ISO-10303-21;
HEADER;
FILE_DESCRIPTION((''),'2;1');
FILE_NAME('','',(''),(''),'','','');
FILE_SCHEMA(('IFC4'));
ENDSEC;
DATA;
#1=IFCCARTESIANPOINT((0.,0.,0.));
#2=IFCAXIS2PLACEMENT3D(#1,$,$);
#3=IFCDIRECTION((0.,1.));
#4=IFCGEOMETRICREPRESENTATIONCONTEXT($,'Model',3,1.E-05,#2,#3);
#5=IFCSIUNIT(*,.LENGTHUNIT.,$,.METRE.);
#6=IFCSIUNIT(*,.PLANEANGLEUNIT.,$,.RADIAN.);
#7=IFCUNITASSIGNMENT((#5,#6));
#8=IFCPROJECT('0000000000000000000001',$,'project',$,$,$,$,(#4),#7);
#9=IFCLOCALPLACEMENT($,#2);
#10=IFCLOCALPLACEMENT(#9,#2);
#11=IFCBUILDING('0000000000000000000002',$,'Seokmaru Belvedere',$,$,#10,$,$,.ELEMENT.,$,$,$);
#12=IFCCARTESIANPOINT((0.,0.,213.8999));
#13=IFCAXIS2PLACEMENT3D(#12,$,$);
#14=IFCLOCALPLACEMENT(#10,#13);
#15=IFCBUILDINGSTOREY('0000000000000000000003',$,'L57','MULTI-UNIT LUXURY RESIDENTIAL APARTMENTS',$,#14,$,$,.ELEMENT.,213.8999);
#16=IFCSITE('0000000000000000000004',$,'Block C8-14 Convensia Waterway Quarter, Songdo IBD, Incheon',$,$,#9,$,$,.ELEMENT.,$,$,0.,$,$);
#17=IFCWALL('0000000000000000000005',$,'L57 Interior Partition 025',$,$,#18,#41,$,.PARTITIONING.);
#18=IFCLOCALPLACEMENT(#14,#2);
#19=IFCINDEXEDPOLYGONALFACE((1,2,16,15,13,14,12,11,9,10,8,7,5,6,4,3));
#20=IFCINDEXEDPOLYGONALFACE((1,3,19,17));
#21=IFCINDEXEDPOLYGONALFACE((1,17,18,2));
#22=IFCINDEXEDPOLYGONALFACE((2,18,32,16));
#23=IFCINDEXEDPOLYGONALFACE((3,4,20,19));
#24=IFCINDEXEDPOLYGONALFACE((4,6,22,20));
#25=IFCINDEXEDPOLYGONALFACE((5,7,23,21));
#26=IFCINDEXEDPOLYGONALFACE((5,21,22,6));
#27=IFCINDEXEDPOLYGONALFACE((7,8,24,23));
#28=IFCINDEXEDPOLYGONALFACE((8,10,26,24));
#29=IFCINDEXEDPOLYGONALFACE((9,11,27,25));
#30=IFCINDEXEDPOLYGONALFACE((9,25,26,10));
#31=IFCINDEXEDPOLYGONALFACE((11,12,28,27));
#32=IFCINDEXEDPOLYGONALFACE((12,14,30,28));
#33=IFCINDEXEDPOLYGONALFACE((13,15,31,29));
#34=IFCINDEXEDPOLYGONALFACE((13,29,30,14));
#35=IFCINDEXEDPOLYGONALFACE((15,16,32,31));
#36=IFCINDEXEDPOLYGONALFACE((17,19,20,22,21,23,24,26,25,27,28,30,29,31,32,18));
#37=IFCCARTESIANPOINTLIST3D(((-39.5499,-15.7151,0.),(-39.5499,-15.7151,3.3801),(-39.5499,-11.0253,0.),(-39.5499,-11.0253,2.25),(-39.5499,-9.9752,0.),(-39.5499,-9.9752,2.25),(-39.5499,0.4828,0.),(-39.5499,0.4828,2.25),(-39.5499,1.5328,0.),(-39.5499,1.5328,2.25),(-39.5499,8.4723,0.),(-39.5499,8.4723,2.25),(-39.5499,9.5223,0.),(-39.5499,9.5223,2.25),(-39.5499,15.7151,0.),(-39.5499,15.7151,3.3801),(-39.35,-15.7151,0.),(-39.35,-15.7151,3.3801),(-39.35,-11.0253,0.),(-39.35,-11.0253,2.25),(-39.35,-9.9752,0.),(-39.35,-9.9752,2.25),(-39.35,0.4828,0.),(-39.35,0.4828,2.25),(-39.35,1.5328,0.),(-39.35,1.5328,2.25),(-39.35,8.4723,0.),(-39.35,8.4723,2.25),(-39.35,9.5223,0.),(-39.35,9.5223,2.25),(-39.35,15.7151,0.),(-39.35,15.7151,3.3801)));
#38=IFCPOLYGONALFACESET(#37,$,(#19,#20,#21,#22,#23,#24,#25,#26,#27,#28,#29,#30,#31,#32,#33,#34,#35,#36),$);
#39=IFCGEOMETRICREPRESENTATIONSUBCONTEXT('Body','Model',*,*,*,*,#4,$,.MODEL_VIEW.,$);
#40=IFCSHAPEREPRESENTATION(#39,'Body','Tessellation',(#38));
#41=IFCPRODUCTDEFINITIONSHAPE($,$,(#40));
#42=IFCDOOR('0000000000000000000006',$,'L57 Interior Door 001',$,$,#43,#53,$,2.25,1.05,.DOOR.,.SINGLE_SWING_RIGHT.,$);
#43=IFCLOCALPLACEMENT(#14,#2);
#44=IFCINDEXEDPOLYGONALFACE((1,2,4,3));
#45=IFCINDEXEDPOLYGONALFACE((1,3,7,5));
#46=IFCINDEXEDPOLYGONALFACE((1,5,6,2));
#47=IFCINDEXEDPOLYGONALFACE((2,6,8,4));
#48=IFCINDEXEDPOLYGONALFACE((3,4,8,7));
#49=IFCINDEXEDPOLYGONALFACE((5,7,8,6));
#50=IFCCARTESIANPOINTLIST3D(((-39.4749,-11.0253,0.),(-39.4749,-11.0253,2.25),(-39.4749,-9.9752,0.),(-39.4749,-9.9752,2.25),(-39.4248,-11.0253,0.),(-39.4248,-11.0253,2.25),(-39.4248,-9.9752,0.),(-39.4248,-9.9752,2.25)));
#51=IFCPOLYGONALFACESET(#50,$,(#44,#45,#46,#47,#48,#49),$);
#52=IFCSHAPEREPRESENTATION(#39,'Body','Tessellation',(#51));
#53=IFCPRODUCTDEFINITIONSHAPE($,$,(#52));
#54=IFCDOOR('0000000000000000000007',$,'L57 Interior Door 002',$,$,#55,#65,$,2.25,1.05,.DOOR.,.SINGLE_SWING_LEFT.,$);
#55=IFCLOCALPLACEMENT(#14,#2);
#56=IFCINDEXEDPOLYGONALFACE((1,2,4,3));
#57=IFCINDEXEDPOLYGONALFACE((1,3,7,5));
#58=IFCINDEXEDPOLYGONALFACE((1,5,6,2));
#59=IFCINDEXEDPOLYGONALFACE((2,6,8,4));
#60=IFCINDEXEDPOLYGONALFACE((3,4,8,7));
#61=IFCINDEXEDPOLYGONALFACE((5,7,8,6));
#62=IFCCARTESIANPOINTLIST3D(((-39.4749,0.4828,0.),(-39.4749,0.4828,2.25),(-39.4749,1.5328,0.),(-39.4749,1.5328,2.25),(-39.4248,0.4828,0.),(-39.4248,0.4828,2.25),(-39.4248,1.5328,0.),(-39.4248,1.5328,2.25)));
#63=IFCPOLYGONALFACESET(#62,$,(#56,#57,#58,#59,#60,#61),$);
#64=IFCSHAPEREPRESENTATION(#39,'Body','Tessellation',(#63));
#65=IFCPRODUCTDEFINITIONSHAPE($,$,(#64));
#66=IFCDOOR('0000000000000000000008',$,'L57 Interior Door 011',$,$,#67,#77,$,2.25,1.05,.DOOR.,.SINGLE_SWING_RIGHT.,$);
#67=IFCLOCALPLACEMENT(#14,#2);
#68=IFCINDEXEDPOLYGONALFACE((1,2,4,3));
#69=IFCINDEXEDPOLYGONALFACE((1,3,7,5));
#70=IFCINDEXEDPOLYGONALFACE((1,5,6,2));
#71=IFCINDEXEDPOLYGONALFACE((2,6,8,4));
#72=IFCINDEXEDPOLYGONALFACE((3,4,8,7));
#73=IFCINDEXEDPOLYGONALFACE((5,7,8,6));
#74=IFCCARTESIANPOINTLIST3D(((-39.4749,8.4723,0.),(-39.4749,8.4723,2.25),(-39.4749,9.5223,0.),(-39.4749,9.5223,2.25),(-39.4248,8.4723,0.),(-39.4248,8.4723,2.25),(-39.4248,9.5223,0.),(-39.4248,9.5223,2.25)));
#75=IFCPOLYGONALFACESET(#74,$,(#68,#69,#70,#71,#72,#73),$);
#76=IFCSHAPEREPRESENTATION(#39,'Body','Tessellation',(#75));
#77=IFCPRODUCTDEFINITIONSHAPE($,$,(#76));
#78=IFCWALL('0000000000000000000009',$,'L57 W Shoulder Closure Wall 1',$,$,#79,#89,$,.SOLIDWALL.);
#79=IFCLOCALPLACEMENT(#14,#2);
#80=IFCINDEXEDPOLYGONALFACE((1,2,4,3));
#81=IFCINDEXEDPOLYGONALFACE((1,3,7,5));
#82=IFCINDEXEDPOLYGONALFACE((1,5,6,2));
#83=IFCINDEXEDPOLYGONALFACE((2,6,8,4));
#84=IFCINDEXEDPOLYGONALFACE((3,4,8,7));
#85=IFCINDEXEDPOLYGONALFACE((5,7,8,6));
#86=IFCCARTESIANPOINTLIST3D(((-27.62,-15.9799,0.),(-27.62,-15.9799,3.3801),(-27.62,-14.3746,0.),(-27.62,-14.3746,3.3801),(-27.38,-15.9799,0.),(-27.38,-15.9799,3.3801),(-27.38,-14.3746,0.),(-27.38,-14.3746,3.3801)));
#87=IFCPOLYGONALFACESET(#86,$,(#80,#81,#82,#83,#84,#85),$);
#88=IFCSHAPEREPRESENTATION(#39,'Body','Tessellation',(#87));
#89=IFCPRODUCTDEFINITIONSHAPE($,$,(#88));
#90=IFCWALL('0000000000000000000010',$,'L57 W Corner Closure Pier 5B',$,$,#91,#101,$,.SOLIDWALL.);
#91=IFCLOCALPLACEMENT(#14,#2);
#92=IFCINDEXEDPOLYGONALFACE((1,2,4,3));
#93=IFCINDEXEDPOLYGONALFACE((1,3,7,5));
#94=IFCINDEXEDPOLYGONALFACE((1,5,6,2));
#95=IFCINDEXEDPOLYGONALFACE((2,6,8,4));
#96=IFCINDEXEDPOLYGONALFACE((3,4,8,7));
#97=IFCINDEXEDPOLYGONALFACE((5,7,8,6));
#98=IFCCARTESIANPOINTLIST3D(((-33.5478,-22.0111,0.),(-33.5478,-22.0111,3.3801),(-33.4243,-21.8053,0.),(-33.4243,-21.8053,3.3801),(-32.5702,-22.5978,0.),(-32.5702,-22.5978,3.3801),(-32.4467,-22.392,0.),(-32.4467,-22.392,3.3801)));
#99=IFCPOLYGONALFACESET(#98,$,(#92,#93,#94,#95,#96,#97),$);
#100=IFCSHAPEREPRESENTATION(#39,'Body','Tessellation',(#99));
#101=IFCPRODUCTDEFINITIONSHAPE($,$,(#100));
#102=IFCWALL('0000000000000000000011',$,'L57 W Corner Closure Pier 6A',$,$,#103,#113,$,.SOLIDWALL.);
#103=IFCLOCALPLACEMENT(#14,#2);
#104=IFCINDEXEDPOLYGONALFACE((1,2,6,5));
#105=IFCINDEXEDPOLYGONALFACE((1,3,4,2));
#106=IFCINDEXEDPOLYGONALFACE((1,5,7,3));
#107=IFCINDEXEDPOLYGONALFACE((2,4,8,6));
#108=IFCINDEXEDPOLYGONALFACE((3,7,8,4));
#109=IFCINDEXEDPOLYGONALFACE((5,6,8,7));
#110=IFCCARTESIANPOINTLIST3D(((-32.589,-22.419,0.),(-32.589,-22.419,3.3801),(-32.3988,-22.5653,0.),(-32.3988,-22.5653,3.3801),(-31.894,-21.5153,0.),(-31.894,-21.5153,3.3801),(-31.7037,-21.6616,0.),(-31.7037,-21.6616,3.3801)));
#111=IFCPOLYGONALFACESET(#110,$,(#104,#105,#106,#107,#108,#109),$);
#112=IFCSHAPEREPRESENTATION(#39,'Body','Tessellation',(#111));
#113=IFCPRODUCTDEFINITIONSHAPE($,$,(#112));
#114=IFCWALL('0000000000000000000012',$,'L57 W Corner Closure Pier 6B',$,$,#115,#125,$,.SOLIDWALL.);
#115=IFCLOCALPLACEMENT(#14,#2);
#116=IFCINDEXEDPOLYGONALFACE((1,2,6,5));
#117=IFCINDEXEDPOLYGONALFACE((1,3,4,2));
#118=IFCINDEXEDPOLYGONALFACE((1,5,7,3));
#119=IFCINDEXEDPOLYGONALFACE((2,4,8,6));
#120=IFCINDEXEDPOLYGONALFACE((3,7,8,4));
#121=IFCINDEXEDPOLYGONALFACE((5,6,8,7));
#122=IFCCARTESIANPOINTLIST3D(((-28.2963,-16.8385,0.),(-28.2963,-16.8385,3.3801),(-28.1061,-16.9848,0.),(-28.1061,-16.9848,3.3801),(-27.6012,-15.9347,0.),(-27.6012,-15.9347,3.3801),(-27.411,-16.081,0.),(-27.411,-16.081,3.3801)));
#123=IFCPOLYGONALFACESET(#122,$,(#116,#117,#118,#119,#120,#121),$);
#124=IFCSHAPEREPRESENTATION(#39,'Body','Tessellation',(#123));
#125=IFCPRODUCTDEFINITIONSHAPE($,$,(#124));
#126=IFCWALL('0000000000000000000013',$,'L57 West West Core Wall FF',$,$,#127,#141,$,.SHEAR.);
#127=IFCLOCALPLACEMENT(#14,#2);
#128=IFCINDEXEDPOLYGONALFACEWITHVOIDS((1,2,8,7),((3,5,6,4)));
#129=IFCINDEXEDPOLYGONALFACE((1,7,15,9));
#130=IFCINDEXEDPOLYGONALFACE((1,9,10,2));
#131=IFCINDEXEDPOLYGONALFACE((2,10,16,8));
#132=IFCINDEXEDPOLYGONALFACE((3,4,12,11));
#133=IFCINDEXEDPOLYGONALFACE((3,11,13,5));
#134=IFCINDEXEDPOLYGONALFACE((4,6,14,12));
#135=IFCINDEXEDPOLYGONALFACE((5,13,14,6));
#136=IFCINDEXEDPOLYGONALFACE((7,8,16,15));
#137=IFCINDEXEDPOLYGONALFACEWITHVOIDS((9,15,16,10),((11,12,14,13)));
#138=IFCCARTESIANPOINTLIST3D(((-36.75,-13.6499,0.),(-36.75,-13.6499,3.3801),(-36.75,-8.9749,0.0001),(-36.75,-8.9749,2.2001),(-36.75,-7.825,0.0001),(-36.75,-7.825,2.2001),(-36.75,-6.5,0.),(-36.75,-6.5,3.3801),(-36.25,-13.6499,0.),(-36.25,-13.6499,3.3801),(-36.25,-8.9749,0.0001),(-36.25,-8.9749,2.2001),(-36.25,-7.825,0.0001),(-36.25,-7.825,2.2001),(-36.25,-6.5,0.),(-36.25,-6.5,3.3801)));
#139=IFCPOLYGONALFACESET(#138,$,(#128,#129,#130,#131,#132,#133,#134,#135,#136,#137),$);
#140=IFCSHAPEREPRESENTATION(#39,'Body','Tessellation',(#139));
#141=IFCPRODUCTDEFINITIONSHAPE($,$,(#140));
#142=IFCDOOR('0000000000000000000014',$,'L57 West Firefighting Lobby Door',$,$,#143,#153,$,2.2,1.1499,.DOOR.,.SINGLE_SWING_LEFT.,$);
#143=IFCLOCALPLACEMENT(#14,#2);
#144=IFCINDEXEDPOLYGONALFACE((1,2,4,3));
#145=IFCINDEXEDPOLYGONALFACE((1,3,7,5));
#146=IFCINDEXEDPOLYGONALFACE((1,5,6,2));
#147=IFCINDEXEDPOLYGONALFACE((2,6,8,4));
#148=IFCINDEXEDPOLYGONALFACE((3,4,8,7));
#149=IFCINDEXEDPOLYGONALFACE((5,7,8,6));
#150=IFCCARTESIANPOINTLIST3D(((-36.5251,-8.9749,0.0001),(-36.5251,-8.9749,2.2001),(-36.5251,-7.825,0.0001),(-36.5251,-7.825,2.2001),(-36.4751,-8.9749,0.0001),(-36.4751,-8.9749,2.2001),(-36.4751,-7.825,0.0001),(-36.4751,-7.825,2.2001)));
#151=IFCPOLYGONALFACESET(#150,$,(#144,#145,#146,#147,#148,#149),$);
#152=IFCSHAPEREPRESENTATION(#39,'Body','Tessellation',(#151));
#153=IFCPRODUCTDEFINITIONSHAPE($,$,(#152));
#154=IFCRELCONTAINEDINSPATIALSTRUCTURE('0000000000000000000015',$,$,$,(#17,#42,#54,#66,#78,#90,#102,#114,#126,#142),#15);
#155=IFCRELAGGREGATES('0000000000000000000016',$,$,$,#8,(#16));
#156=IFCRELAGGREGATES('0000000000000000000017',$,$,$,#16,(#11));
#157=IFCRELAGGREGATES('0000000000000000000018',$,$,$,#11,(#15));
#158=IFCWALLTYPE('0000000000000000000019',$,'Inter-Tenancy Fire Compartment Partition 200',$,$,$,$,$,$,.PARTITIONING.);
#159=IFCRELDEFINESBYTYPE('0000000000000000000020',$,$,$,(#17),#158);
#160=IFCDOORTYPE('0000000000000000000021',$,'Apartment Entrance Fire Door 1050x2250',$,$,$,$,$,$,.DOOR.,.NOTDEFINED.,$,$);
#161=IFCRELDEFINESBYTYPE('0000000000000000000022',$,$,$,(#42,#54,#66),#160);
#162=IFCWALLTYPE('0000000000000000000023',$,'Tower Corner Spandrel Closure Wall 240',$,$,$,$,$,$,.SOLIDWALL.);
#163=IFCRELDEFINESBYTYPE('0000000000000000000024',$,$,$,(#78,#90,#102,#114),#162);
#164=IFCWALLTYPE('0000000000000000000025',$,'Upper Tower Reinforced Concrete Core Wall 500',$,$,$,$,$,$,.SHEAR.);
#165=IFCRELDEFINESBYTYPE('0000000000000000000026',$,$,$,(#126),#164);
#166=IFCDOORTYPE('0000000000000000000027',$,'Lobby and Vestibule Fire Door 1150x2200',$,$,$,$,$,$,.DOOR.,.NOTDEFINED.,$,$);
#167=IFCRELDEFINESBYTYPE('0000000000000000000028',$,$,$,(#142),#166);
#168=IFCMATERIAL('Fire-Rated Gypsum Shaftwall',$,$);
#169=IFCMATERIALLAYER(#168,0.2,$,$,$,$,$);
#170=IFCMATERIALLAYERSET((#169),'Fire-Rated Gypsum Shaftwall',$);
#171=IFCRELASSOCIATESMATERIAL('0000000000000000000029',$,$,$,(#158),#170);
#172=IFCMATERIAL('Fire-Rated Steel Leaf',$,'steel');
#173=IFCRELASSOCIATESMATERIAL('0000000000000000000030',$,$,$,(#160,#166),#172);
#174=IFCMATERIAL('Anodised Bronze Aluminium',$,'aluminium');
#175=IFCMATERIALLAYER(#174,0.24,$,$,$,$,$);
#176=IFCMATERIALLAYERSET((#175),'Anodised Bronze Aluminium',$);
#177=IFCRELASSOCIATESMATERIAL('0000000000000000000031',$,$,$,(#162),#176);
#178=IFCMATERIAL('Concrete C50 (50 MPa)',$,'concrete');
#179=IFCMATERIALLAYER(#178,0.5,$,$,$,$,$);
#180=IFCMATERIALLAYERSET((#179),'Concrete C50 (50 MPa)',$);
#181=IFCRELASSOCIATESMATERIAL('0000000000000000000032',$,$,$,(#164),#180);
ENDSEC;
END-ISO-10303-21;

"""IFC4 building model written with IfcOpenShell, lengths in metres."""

from ifc_helpers import new_model, si_unit, direction, frame, frame_2d, origin, place, context, subcontext, project, spatial, rectangle, extrude, source, transform, mapped, material, layer, layer_set, type_object, type_shapes, element, fill, save


model = new_model("IFC4")

# Units and contexts
model_context = context("Model", 3, precision=1e-05, world=origin(), true_north=direction((0.0, 1.0)))
body_context = subcontext(model_context, "Body", "Model", "MODEL_VIEW")
ifc_project = project(units=[si_unit("LENGTHUNIT", "METRE"), si_unit("PLANEANGLEUNIT", "RADIAN")], contexts=[model_context])

# Site, building, storey
site_placement = place(None, origin())
site = spatial("IfcSite", under=ifc_project, at=site_placement, Name="Block C8-14 Convensia Waterway Quarter, Songdo IBD, Incheon", CompositionType="ELEMENT", RefElevation=0.0)
building_placement = place(site_placement, origin())
building = spatial("IfcBuilding", under=site, at=building_placement, Name="Seokmaru Belvedere", CompositionType="ELEMENT")
storey_placement = place(building_placement, frame((0.0, 0.0, 213.8999)))
storey = spatial("IfcBuildingStorey", under=building, at=storey_placement, Name="L57", Description="MULTI-UNIT LUXURY RESIDENTIAL APARTMENTS", CompositionType="ELEMENT", Elevation=213.8999)

# Shared definitions
ifc_material_1 = material(Name="Anodised Bronze Aluminium", Category="aluminium")

# Shared definitions
ifc_material_2 = material(Name="Fire-Rated Gypsum Shaftwall")
ifc_layer_1 = layer(ifc_material_2, 0.2)
ifc_layer_set_1 = layer_set([ifc_layer_1], Name="Fire-Rated Gypsum Shaftwall")
wall_type_1 = type_object("IfcWallType", Name="Inter-Tenancy Fire Compartment Partition 200", PredefinedType="PARTITIONING", material=ifc_layer_set_1)

# Wall, openings, doors
wall_1_placement = place(storey_placement, frame((-39.45, -15.7151, 0.0), z_axis=(0.0, 0.0, 1.0), x_axis=(0.0, 1.0, 0.0)))
wall_1 = element("IfcWall", 1, at=wall_1_placement, inside=storey, type_object=wall_type_1, Name="L57 Interior Partition 025", PredefinedType="PARTITIONING", context=body_context, shape_type="SweptSolid", body=[
    extrude(rectangle(XDim=31.4302, YDim=0.2, at=frame_2d((15.7151, 0.0))), origin(), (0.0, 0.0, 1.0), 3.3801),
])
opening_1_placement = place(wall_1_placement, frame((4.6899, 0.0, 0.0)))
opening_1 = element("IfcOpeningElement", 2, at=opening_1_placement, cuts=wall_1, PredefinedType="OPENING", context=body_context, shape_type="SweptSolid", body=[
    extrude(rectangle(XDim=1.05, YDim=2.25, at=frame_2d((0.5249, 1.125))), frame((0.0, 0.1099, 0.0), z_axis=(0.0, -1.0, 0.0), x_axis=(1.0, 0.0, 0.0)), (0.0, 0.0, 1.0), 0.22),
])
opening_2_placement = place(wall_1_placement, frame((16.198, 0.0, 0.0)))
opening_2 = element("IfcOpeningElement", 3, at=opening_2_placement, cuts=wall_1, PredefinedType="OPENING", context=body_context, shape_type="SweptSolid", body=[
    extrude(rectangle(XDim=1.05, YDim=2.25, at=frame_2d((0.5249, 1.125))), frame((0.0, 0.1099, 0.0), z_axis=(0.0, -1.0, 0.0), x_axis=(1.0, 0.0, 0.0)), (0.0, 0.0, 1.0), 0.22),
])
opening_3_placement = place(wall_1_placement, frame((24.1875, 0.0, 0.0)))
opening_3 = element("IfcOpeningElement", 4, at=opening_3_placement, cuts=wall_1, PredefinedType="OPENING", context=body_context, shape_type="SweptSolid", body=[
    extrude(rectangle(XDim=1.05, YDim=2.25, at=frame_2d((0.5249, 1.125))), frame((0.0, 0.1099, 0.0), z_axis=(0.0, -1.0, 0.0), x_axis=(1.0, 0.0, 0.0)), (0.0, 0.0, 1.0), 0.22),
])
ifc_material_3 = material(Name="Fire-Rated Steel Leaf", Category="steel")
door_type_1 = type_object("IfcDoorType", Name="Apartment Entrance Fire Door 1050x2250", OperationType="NOTDEFINED", PredefinedType="DOOR", material=ifc_material_3)
shared_shape_1 = source(origin(), body_context, "Body", "SweptSolid", [
    extrude(rectangle(XDim=1.05, YDim=2.25, at=frame_2d((0.5249, 1.125))), frame((0.0, 0.0249, 0.0), z_axis=(0.0, -1.0, 0.0), x_axis=(1.0, 0.0, 0.0)), (0.0, 0.0, 1.0), 0.05),
])
type_shapes(door_type_1, [shared_shape_1])
door_1_placement = place(opening_1_placement, origin())
door_1 = element("IfcDoor", 5, at=door_1_placement, inside=storey, type_object=door_type_1, Name="L57 Interior Door 001", OperationType="SINGLE_SWING_RIGHT", OverallHeight=2.25, OverallWidth=1.05, PredefinedType="DOOR", context=body_context, shape_type="MappedRepresentation", body=[
    mapped(shared_shape_1, transform((0.0, 0.0, 0.0), scale=1.0)),
])
fill(opening_1, door_1)
door_2_placement = place(opening_2_placement, origin())
door_2 = element("IfcDoor", 6, at=door_2_placement, inside=storey, type_object=door_type_1, Name="L57 Interior Door 002", OperationType="SINGLE_SWING_LEFT", OverallHeight=2.25, OverallWidth=1.05, PredefinedType="DOOR", context=body_context, shape_type="MappedRepresentation", body=[
    mapped(shared_shape_1, transform((0.0, 0.0, 0.0), scale=1.0)),
])
fill(opening_2, door_2)
door_3_placement = place(opening_3_placement, origin())
door_3 = element("IfcDoor", 7, at=door_3_placement, inside=storey, type_object=door_type_1, Name="L57 Interior Door 011", OperationType="SINGLE_SWING_RIGHT", OverallHeight=2.25, OverallWidth=1.05, PredefinedType="DOOR", context=body_context, shape_type="MappedRepresentation", body=[
    mapped(shared_shape_1, transform((0.0, 0.0, 0.0), scale=1.0)),
])
fill(opening_3, door_3)

# Walls
ifc_layer_2 = layer(ifc_material_1, 0.24)
ifc_layer_set_2 = layer_set([ifc_layer_2], Name="Anodised Bronze Aluminium")
wall_type_2 = type_object("IfcWallType", Name="Tower Corner Spandrel Closure Wall 240", PredefinedType="SOLIDWALL", material=ifc_layer_set_2)
wall_2_placement = place(storey_placement, frame((-27.5, -15.98, 0.0), z_axis=(0.0, 0.0, 1.0), x_axis=(0.0, 1.0, 0.0)))
element("IfcWall", 8, at=wall_2_placement, inside=storey, type_object=wall_type_2, Name="L57 W Shoulder Closure Wall 1", PredefinedType="SOLIDWALL", context=body_context, shape_type="SweptSolid", body=[
    extrude(rectangle(XDim=1.6052, YDim=0.24, at=frame_2d((0.8027, 0.0))), origin(), (0.0, 0.0, 1.0), 3.3801),
])
for number, where, z_axis, x_axis, name in (
    (9, (-33.4861, -21.9082, 0.0), (0.0, 0.0, 1.0), (0.857436, -0.51459, 0.0), "L57 W Corner Closure Pier 5B"),
    (10, (-32.4939, -22.4922, 0.0), (0.0, 0.0, 1.0), (0.609618, 0.792696, 0.0), "L57 W Corner Closure Pier 6A"),
    (11, (-28.2012, -16.9116, 0.0), (0.0, 0.0, 1.0), (0.609618, 0.792696, 0.0), "L57 W Corner Closure Pier 6B"),
):
    element("IfcWall", number, at=place(storey_placement, frame(where, z_axis=z_axis, x_axis=x_axis)), inside=storey, type_object=wall_type_2, Name=name, PredefinedType="SOLIDWALL", context=body_context, shape_type="SweptSolid", body=[
        extrude(rectangle(XDim=1.1401, YDim=0.24, at=frame_2d((0.5701, 0.0))), origin(), (0.0, 0.0, 1.0), 3.3801),
    ])

# Wall, opening, door
ifc_material_4 = material(Name="Concrete C50 (50 MPa)", Category="concrete")
ifc_layer_3 = layer(ifc_material_4, 0.5)
ifc_layer_set_3 = layer_set([ifc_layer_3], Name="Concrete C50 (50 MPa)")
wall_type_3 = type_object("IfcWallType", Name="Upper Tower Reinforced Concrete Core Wall 500", PredefinedType="SHEAR", material=ifc_layer_set_3)
wall_3_placement = place(storey_placement, frame((-36.5, -13.6499, 0.0), z_axis=(0.0, 0.0, 1.0), x_axis=(0.0, 1.0, 0.0)))
wall_3 = element("IfcWall", 12, at=wall_3_placement, inside=storey, type_object=wall_type_3, Name="L57 West West Core Wall FF", PredefinedType="SHEAR", context=body_context, shape_type="SweptSolid", body=[
    extrude(rectangle(XDim=7.1499, YDim=0.5, at=frame_2d((3.575, 0.0))), origin(), (0.0, 0.0, 1.0), 3.3801),
])
opening_4_placement = place(wall_3_placement, frame((4.675, 0.0, 0.0)))
opening_4 = element("IfcOpeningElement", 13, at=opening_4_placement, cuts=wall_3, PredefinedType="OPENING", context=body_context, shape_type="SweptSolid", body=[
    extrude(rectangle(XDim=1.1499, YDim=2.2, at=frame_2d((0.575, 1.1001))), frame((0.0, 0.26, 0.0), z_axis=(0.0, -1.0, 0.0), x_axis=(1.0, 0.0, 0.0)), (0.0, 0.0, 1.0), 0.52),
])
door_type_2 = type_object("IfcDoorType", Name="Lobby and Vestibule Fire Door 1150x2200", OperationType="NOTDEFINED", PredefinedType="DOOR", material=ifc_material_3)
shared_shape_2 = source(origin(), body_context, "Body", "SweptSolid", [
    extrude(rectangle(XDim=1.1499, YDim=2.2, at=frame_2d((0.575, 1.1001))), frame((0.0, 0.0249, 0.0), z_axis=(0.0, -1.0, 0.0), x_axis=(1.0, 0.0, 0.0)), (0.0, 0.0, 1.0), 0.05),
])
type_shapes(door_type_2, [shared_shape_2])
door_4_placement = place(opening_4_placement, frame((1.1499, 0.0, 0.0), z_axis=(0.0, 0.0, 1.0), x_axis=(-1.0, 0.0, 0.0)))
door_4 = element("IfcDoor", 14, at=door_4_placement, inside=storey, type_object=door_type_2, Name="L57 West Firefighting Lobby Door", OperationType="SINGLE_SWING_LEFT", OverallHeight=2.2, OverallWidth=1.1499, PredefinedType="DOOR", context=body_context, shape_type="MappedRepresentation", body=[
    mapped(shared_shape_2, transform((0.0, 0.0, 0.0), scale=1.0)),
])
fill(opening_4, door_4)

save(model, "model.ifc")
